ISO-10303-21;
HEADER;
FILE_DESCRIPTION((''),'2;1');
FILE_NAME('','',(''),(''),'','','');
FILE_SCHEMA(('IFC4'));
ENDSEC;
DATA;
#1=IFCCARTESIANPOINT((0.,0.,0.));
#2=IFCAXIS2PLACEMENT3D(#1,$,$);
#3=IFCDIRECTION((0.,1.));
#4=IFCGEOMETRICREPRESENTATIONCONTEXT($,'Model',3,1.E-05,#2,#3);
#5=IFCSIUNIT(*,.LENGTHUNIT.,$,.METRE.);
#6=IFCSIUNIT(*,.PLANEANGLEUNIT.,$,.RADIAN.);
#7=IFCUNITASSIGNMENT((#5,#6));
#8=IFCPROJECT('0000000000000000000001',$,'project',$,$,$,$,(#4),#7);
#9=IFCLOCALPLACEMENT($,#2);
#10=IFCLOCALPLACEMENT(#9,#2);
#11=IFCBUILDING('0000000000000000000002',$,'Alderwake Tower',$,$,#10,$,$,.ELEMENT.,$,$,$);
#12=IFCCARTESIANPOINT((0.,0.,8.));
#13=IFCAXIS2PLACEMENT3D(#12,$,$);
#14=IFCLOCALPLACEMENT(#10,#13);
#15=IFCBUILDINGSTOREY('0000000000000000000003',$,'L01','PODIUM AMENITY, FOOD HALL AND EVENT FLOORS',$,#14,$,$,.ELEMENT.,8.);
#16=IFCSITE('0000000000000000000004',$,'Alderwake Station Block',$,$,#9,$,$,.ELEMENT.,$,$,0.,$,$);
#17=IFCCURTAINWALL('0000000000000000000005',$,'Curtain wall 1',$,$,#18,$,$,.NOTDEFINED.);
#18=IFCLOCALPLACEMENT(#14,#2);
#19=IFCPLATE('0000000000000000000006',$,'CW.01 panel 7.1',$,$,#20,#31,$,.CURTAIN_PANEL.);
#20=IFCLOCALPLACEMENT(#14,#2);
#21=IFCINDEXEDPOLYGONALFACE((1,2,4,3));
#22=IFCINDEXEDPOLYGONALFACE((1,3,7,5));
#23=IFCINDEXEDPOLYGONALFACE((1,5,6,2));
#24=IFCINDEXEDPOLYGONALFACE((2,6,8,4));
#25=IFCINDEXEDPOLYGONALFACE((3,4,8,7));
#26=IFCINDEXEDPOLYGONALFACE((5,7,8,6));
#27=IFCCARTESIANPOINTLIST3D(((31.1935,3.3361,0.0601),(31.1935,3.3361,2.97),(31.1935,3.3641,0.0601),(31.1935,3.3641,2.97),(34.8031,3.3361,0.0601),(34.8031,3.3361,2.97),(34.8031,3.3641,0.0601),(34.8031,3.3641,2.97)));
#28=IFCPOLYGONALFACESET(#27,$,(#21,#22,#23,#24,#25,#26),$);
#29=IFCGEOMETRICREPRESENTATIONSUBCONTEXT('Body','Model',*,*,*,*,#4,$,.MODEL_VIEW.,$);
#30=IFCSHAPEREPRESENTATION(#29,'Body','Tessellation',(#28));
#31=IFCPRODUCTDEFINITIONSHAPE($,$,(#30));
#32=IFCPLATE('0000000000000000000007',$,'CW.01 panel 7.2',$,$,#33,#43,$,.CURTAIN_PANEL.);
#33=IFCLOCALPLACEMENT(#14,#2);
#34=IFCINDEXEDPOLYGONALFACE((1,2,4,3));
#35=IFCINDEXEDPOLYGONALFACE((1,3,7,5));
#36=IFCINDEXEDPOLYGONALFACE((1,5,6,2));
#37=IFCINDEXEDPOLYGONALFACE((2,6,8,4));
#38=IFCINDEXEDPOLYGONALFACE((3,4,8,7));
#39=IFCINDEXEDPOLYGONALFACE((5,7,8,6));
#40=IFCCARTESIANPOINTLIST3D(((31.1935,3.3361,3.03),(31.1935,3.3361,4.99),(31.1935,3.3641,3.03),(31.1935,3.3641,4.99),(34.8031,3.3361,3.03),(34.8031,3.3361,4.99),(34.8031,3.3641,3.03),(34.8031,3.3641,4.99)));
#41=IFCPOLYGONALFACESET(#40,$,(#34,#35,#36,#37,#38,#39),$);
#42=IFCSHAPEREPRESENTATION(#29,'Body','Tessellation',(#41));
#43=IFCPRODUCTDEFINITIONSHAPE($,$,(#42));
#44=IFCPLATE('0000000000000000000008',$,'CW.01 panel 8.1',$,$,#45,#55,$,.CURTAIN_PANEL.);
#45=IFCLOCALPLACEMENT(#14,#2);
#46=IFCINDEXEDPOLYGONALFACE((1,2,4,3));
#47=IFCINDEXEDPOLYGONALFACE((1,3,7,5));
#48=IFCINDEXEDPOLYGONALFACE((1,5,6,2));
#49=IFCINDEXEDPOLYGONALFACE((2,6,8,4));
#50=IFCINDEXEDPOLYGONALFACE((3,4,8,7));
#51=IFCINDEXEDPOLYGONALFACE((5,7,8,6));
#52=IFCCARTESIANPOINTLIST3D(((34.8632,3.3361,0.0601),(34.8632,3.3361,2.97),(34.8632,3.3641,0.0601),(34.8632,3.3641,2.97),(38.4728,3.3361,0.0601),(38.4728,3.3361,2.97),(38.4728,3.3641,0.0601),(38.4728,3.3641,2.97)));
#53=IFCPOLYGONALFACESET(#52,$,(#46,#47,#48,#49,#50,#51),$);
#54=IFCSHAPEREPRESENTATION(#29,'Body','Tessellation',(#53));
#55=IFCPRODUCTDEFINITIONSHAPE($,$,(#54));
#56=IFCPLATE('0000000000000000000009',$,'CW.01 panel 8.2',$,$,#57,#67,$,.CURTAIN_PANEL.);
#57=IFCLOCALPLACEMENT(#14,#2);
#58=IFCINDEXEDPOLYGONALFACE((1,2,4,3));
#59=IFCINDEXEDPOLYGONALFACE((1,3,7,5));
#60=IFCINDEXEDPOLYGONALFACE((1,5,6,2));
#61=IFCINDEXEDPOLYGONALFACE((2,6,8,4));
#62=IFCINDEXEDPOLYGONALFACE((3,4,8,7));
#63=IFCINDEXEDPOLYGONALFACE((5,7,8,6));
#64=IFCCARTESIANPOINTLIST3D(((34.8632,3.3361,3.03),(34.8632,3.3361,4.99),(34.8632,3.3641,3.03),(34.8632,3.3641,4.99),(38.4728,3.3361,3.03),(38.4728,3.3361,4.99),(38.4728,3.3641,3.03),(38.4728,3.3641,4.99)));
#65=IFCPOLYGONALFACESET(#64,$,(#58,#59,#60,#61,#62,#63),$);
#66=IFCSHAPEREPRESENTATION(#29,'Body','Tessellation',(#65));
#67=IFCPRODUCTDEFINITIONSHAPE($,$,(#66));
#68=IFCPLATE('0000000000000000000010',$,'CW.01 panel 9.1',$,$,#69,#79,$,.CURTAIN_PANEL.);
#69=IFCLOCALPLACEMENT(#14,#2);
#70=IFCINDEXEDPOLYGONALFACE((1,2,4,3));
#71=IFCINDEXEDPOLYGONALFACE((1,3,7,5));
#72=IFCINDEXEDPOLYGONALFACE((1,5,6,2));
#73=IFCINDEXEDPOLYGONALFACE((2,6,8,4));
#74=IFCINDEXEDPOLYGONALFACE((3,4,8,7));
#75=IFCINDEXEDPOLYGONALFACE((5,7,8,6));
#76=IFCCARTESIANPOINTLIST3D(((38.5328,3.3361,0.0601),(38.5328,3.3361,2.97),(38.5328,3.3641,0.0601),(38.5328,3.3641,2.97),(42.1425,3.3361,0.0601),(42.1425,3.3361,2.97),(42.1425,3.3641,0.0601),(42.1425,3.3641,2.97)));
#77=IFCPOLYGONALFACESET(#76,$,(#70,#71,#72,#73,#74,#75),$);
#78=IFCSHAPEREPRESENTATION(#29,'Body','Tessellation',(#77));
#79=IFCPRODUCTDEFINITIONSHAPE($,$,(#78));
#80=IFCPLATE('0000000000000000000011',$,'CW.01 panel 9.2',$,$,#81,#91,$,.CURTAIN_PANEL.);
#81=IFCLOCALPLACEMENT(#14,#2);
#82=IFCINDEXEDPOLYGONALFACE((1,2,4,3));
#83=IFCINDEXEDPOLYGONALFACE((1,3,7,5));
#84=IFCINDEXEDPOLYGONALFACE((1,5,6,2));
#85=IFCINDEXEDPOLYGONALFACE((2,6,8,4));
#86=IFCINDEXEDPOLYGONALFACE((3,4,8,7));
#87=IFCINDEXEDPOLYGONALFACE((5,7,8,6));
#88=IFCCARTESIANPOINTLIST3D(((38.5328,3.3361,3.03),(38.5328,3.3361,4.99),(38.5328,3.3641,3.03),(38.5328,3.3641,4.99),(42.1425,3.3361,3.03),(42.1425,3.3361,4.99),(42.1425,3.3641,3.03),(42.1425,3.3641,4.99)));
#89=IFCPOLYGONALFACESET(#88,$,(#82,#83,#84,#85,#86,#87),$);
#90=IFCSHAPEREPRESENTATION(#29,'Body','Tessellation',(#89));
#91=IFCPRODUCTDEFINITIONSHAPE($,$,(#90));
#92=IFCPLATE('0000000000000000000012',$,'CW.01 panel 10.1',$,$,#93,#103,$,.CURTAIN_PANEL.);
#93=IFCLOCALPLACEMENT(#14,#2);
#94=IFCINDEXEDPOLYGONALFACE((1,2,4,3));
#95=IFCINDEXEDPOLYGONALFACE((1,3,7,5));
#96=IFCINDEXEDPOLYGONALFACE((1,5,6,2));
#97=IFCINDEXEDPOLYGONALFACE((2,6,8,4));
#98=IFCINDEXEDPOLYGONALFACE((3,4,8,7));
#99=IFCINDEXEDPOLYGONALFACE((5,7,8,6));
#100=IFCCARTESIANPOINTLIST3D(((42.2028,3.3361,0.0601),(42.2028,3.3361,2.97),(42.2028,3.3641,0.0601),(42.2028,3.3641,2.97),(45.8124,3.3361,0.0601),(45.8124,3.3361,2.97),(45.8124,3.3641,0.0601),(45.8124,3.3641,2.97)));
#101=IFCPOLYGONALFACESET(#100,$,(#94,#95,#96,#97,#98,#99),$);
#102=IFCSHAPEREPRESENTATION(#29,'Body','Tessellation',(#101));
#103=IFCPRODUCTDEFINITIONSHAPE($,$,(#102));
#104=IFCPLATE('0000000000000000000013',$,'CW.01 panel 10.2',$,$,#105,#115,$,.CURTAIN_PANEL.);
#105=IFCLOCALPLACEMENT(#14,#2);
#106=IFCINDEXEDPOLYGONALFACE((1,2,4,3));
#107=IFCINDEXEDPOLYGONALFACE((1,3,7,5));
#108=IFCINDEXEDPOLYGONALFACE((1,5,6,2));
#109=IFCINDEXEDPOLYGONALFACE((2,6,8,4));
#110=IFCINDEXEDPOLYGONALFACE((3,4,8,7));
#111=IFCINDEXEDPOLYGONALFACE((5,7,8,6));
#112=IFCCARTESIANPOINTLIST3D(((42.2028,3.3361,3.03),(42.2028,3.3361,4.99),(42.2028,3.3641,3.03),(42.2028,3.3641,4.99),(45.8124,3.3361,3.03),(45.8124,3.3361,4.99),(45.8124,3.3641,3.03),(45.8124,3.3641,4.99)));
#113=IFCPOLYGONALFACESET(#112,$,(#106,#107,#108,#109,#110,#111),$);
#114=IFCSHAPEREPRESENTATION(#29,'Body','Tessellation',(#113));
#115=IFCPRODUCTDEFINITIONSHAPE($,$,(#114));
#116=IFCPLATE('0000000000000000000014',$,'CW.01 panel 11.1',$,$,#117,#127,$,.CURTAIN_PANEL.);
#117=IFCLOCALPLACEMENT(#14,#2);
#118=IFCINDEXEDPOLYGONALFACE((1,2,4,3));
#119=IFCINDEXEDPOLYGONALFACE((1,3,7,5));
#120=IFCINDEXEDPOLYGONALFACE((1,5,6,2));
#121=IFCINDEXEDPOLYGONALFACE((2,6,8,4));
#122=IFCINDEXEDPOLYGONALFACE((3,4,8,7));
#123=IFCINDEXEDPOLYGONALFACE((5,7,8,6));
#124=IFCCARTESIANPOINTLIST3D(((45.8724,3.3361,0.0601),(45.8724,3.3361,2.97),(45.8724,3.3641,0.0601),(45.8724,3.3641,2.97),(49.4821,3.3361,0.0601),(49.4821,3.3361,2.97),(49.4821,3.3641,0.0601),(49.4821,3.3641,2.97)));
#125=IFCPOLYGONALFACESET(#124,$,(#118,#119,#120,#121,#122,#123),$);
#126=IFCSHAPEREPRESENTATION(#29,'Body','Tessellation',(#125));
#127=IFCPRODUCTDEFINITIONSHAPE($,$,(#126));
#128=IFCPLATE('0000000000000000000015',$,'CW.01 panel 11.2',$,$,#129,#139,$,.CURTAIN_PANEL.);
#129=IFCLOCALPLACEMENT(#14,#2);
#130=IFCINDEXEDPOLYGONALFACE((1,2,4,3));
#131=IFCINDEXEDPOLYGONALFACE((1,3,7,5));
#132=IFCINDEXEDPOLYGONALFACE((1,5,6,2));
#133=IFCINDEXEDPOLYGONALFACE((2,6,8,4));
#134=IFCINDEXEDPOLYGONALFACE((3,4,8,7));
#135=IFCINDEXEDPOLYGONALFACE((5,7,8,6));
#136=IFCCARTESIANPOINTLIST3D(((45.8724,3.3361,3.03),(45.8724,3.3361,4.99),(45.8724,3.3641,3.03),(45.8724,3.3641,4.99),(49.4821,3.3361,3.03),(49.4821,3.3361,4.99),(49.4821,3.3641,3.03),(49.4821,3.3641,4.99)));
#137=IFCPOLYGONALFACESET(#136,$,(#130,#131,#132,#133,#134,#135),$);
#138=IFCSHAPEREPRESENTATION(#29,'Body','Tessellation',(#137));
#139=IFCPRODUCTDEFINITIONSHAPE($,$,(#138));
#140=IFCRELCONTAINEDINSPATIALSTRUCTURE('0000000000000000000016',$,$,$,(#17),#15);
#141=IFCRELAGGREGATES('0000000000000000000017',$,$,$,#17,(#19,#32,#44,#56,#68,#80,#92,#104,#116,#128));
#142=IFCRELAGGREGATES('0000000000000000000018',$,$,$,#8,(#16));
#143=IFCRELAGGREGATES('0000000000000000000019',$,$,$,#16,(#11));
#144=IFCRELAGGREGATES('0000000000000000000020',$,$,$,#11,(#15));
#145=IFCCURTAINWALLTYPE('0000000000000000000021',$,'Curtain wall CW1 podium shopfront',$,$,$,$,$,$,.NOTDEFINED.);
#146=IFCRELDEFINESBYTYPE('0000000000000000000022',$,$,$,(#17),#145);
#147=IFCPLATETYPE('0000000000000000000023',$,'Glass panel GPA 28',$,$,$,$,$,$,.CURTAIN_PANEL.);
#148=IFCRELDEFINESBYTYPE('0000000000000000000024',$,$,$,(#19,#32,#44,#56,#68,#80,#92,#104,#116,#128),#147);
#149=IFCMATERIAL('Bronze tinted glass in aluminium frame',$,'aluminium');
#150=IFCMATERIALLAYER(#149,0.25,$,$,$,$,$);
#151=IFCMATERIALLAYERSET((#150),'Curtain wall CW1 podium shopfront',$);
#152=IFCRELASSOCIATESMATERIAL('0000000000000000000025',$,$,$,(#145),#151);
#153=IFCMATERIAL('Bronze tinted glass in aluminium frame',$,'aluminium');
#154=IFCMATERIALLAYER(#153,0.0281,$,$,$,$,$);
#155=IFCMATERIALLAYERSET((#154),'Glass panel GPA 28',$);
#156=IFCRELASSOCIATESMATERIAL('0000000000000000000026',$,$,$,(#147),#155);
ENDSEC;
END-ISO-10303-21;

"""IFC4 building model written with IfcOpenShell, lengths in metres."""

from ifc_helpers import new_model, si_unit, direction, frame, origin, origin_2d, place, context, subcontext, project, spatial, rectangle, extrude, material, layer, layer_set, type_object, element, aggregate, save


model = new_model("IFC4")

# Units and contexts
model_context = context("Model", 3, precision=1e-05, world=origin(), true_north=direction((0.0, 1.0)))
body_context = subcontext(model_context, "Body", "Model", "MODEL_VIEW")
ifc_project = project(units=[si_unit("LENGTHUNIT", "METRE"), si_unit("PLANEANGLEUNIT", "RADIAN")], contexts=[model_context])

# Site, building, storey
site_placement = place(None, origin())
site = spatial("IfcSite", under=ifc_project, at=site_placement, Name="Alderwake Station Block", CompositionType="ELEMENT", RefElevation=0.0)
building_placement = place(site_placement, origin())
building = spatial("IfcBuilding", under=site, at=building_placement, Name="Alderwake Tower", CompositionType="ELEMENT")
storey_placement = place(building_placement, frame((0.0, 0.0, 8.0)))
storey = spatial("IfcBuildingStorey", under=building, at=storey_placement, Name="L01", Description="PODIUM AMENITY, FOOD HALL AND EVENT FLOORS", CompositionType="ELEMENT", Elevation=8.0)

# Curtain wall, plates
ifc_material_1 = material(Name="Bronze tinted glass in aluminium frame", Category="aluminium")
ifc_layer_1 = layer(ifc_material_1, 0.25)
ifc_layer_set_1 = layer_set([ifc_layer_1], Name="Curtain wall CW1 podium shopfront")
curtain_wall_type = type_object("IfcCurtainWallType", Name="Curtain wall CW1 podium shopfront", PredefinedType="NOTDEFINED", material=ifc_layer_set_1)
curtain_wall_placement = place(storey_placement, origin())
curtain_wall = element("IfcCurtainWall", 1, at=curtain_wall_placement, inside=storey, type_object=curtain_wall_type, Name="Curtain wall 1", PredefinedType="NOTDEFINED")
ifc_material_2 = material(Name="Bronze tinted glass in aluminium frame", Category="aluminium")
ifc_layer_2 = layer(ifc_material_2, 0.0281)
ifc_layer_set_2 = layer_set([ifc_layer_2], Name="Glass panel GPA 28")
plate_type = type_object("IfcPlateType", Name="Glass panel GPA 28", PredefinedType="CURTAIN_PANEL", material=ifc_layer_set_2)
plate_1_placement = place(storey_placement, frame((32.9983, 3.3501, 0.0601), z_axis=(0.0, 0.0, 1.0), x_axis=(1.0, 0.0, 0.0)))
plate_1 = element("IfcPlate", 2, at=plate_1_placement, type_object=plate_type, Name="CW.01 panel 7.1", PredefinedType="CURTAIN_PANEL", context=body_context, shape_type="SweptSolid", body=[
    extrude(rectangle(XDim=3.6096, YDim=0.0281, at=origin_2d()), origin(), (0.0, 0.0, 1.0), 2.9099),
])
plate_2_placement = place(storey_placement, frame((32.9983, 3.3501, 3.03), z_axis=(0.0, 0.0, 1.0), x_axis=(1.0, 0.0, 0.0)))
plate_2 = element("IfcPlate", 3, at=plate_2_placement, type_object=plate_type, Name="CW.01 panel 7.2", PredefinedType="CURTAIN_PANEL", context=body_context, shape_type="SweptSolid", body=[
    extrude(rectangle(XDim=3.6096, YDim=0.0281, at=origin_2d()), origin(), (0.0, 0.0, 1.0), 1.96),
])
plate_3_placement = place(storey_placement, frame((36.668, 3.3501, 0.0601), z_axis=(0.0, 0.0, 1.0), x_axis=(1.0, 0.0, 0.0)))
plate_3 = element("IfcPlate", 4, at=plate_3_placement, type_object=plate_type, Name="CW.01 panel 8.1", PredefinedType="CURTAIN_PANEL", context=body_context, shape_type="SweptSolid", body=[
    extrude(rectangle(XDim=3.6096, YDim=0.0281, at=origin_2d()), origin(), (0.0, 0.0, 1.0), 2.9099),
])
plate_4_placement = place(storey_placement, frame((36.668, 3.3501, 3.03), z_axis=(0.0, 0.0, 1.0), x_axis=(1.0, 0.0, 0.0)))
plate_4 = element("IfcPlate", 5, at=plate_4_placement, type_object=plate_type, Name="CW.01 panel 8.2", PredefinedType="CURTAIN_PANEL", context=body_context, shape_type="SweptSolid", body=[
    extrude(rectangle(XDim=3.6096, YDim=0.0281, at=origin_2d()), origin(), (0.0, 0.0, 1.0), 1.96),
])
plate_5_placement = place(storey_placement, frame((40.3376, 3.3501, 0.0601), z_axis=(0.0, 0.0, 1.0), x_axis=(1.0, 0.0, 0.0)))
plate_5 = element("IfcPlate", 6, at=plate_5_placement, type_object=plate_type, Name="CW.01 panel 9.1", PredefinedType="CURTAIN_PANEL", context=body_context, shape_type="SweptSolid", body=[
    extrude(rectangle(XDim=3.6096, YDim=0.0281, at=origin_2d()), origin(), (0.0, 0.0, 1.0), 2.9099),
])
plate_6_placement = place(storey_placement, frame((40.3376, 3.3501, 3.03), z_axis=(0.0, 0.0, 1.0), x_axis=(1.0, 0.0, 0.0)))
plate_6 = element("IfcPlate", 7, at=plate_6_placement, type_object=plate_type, Name="CW.01 panel 9.2", PredefinedType="CURTAIN_PANEL", context=body_context, shape_type="SweptSolid", body=[
    extrude(rectangle(XDim=3.6096, YDim=0.0281, at=origin_2d()), origin(), (0.0, 0.0, 1.0), 1.96),
])
plate_7_placement = place(storey_placement, frame((44.0076, 3.3501, 0.0601), z_axis=(0.0, 0.0, 1.0), x_axis=(1.0, 0.0, 0.0)))
plate_7 = element("IfcPlate", 8, at=plate_7_placement, type_object=plate_type, Name="CW.01 panel 10.1", PredefinedType="CURTAIN_PANEL", context=body_context, shape_type="SweptSolid", body=[
    extrude(rectangle(XDim=3.6096, YDim=0.0281, at=origin_2d()), origin(), (0.0, 0.0, 1.0), 2.9099),
])
plate_8_placement = place(storey_placement, frame((44.0076, 3.3501, 3.03), z_axis=(0.0, 0.0, 1.0), x_axis=(1.0, 0.0, 0.0)))
plate_8 = element("IfcPlate", 9, at=plate_8_placement, type_object=plate_type, Name="CW.01 panel 10.2", PredefinedType="CURTAIN_PANEL", context=body_context, shape_type="SweptSolid", body=[
    extrude(rectangle(XDim=3.6096, YDim=0.0281, at=origin_2d()), origin(), (0.0, 0.0, 1.0), 1.96),
])
plate_9_placement = place(storey_placement, frame((47.6772, 3.3501, 0.0601), z_axis=(0.0, 0.0, 1.0), x_axis=(1.0, 0.0, 0.0)))
plate_9 = element("IfcPlate", 10, at=plate_9_placement, type_object=plate_type, Name="CW.01 panel 11.1", PredefinedType="CURTAIN_PANEL", context=body_context, shape_type="SweptSolid", body=[
    extrude(rectangle(XDim=3.6096, YDim=0.0281, at=origin_2d()), origin(), (0.0, 0.0, 1.0), 2.9099),
])
plate_10_placement = place(storey_placement, frame((47.6772, 3.3501, 3.03), z_axis=(0.0, 0.0, 1.0), x_axis=(1.0, 0.0, 0.0)))
plate_10 = element("IfcPlate", 11, at=plate_10_placement, type_object=plate_type, Name="CW.01 panel 11.2", PredefinedType="CURTAIN_PANEL", context=body_context, shape_type="SweptSolid", body=[
    extrude(rectangle(XDim=3.6096, YDim=0.0281, at=origin_2d()), origin(), (0.0, 0.0, 1.0), 1.96),
])
aggregate(curtain_wall, [plate_1, plate_2, plate_3, plate_4, plate_5, plate_6, plate_7, plate_8, plate_9, plate_10])

save(model, "model.ifc")
